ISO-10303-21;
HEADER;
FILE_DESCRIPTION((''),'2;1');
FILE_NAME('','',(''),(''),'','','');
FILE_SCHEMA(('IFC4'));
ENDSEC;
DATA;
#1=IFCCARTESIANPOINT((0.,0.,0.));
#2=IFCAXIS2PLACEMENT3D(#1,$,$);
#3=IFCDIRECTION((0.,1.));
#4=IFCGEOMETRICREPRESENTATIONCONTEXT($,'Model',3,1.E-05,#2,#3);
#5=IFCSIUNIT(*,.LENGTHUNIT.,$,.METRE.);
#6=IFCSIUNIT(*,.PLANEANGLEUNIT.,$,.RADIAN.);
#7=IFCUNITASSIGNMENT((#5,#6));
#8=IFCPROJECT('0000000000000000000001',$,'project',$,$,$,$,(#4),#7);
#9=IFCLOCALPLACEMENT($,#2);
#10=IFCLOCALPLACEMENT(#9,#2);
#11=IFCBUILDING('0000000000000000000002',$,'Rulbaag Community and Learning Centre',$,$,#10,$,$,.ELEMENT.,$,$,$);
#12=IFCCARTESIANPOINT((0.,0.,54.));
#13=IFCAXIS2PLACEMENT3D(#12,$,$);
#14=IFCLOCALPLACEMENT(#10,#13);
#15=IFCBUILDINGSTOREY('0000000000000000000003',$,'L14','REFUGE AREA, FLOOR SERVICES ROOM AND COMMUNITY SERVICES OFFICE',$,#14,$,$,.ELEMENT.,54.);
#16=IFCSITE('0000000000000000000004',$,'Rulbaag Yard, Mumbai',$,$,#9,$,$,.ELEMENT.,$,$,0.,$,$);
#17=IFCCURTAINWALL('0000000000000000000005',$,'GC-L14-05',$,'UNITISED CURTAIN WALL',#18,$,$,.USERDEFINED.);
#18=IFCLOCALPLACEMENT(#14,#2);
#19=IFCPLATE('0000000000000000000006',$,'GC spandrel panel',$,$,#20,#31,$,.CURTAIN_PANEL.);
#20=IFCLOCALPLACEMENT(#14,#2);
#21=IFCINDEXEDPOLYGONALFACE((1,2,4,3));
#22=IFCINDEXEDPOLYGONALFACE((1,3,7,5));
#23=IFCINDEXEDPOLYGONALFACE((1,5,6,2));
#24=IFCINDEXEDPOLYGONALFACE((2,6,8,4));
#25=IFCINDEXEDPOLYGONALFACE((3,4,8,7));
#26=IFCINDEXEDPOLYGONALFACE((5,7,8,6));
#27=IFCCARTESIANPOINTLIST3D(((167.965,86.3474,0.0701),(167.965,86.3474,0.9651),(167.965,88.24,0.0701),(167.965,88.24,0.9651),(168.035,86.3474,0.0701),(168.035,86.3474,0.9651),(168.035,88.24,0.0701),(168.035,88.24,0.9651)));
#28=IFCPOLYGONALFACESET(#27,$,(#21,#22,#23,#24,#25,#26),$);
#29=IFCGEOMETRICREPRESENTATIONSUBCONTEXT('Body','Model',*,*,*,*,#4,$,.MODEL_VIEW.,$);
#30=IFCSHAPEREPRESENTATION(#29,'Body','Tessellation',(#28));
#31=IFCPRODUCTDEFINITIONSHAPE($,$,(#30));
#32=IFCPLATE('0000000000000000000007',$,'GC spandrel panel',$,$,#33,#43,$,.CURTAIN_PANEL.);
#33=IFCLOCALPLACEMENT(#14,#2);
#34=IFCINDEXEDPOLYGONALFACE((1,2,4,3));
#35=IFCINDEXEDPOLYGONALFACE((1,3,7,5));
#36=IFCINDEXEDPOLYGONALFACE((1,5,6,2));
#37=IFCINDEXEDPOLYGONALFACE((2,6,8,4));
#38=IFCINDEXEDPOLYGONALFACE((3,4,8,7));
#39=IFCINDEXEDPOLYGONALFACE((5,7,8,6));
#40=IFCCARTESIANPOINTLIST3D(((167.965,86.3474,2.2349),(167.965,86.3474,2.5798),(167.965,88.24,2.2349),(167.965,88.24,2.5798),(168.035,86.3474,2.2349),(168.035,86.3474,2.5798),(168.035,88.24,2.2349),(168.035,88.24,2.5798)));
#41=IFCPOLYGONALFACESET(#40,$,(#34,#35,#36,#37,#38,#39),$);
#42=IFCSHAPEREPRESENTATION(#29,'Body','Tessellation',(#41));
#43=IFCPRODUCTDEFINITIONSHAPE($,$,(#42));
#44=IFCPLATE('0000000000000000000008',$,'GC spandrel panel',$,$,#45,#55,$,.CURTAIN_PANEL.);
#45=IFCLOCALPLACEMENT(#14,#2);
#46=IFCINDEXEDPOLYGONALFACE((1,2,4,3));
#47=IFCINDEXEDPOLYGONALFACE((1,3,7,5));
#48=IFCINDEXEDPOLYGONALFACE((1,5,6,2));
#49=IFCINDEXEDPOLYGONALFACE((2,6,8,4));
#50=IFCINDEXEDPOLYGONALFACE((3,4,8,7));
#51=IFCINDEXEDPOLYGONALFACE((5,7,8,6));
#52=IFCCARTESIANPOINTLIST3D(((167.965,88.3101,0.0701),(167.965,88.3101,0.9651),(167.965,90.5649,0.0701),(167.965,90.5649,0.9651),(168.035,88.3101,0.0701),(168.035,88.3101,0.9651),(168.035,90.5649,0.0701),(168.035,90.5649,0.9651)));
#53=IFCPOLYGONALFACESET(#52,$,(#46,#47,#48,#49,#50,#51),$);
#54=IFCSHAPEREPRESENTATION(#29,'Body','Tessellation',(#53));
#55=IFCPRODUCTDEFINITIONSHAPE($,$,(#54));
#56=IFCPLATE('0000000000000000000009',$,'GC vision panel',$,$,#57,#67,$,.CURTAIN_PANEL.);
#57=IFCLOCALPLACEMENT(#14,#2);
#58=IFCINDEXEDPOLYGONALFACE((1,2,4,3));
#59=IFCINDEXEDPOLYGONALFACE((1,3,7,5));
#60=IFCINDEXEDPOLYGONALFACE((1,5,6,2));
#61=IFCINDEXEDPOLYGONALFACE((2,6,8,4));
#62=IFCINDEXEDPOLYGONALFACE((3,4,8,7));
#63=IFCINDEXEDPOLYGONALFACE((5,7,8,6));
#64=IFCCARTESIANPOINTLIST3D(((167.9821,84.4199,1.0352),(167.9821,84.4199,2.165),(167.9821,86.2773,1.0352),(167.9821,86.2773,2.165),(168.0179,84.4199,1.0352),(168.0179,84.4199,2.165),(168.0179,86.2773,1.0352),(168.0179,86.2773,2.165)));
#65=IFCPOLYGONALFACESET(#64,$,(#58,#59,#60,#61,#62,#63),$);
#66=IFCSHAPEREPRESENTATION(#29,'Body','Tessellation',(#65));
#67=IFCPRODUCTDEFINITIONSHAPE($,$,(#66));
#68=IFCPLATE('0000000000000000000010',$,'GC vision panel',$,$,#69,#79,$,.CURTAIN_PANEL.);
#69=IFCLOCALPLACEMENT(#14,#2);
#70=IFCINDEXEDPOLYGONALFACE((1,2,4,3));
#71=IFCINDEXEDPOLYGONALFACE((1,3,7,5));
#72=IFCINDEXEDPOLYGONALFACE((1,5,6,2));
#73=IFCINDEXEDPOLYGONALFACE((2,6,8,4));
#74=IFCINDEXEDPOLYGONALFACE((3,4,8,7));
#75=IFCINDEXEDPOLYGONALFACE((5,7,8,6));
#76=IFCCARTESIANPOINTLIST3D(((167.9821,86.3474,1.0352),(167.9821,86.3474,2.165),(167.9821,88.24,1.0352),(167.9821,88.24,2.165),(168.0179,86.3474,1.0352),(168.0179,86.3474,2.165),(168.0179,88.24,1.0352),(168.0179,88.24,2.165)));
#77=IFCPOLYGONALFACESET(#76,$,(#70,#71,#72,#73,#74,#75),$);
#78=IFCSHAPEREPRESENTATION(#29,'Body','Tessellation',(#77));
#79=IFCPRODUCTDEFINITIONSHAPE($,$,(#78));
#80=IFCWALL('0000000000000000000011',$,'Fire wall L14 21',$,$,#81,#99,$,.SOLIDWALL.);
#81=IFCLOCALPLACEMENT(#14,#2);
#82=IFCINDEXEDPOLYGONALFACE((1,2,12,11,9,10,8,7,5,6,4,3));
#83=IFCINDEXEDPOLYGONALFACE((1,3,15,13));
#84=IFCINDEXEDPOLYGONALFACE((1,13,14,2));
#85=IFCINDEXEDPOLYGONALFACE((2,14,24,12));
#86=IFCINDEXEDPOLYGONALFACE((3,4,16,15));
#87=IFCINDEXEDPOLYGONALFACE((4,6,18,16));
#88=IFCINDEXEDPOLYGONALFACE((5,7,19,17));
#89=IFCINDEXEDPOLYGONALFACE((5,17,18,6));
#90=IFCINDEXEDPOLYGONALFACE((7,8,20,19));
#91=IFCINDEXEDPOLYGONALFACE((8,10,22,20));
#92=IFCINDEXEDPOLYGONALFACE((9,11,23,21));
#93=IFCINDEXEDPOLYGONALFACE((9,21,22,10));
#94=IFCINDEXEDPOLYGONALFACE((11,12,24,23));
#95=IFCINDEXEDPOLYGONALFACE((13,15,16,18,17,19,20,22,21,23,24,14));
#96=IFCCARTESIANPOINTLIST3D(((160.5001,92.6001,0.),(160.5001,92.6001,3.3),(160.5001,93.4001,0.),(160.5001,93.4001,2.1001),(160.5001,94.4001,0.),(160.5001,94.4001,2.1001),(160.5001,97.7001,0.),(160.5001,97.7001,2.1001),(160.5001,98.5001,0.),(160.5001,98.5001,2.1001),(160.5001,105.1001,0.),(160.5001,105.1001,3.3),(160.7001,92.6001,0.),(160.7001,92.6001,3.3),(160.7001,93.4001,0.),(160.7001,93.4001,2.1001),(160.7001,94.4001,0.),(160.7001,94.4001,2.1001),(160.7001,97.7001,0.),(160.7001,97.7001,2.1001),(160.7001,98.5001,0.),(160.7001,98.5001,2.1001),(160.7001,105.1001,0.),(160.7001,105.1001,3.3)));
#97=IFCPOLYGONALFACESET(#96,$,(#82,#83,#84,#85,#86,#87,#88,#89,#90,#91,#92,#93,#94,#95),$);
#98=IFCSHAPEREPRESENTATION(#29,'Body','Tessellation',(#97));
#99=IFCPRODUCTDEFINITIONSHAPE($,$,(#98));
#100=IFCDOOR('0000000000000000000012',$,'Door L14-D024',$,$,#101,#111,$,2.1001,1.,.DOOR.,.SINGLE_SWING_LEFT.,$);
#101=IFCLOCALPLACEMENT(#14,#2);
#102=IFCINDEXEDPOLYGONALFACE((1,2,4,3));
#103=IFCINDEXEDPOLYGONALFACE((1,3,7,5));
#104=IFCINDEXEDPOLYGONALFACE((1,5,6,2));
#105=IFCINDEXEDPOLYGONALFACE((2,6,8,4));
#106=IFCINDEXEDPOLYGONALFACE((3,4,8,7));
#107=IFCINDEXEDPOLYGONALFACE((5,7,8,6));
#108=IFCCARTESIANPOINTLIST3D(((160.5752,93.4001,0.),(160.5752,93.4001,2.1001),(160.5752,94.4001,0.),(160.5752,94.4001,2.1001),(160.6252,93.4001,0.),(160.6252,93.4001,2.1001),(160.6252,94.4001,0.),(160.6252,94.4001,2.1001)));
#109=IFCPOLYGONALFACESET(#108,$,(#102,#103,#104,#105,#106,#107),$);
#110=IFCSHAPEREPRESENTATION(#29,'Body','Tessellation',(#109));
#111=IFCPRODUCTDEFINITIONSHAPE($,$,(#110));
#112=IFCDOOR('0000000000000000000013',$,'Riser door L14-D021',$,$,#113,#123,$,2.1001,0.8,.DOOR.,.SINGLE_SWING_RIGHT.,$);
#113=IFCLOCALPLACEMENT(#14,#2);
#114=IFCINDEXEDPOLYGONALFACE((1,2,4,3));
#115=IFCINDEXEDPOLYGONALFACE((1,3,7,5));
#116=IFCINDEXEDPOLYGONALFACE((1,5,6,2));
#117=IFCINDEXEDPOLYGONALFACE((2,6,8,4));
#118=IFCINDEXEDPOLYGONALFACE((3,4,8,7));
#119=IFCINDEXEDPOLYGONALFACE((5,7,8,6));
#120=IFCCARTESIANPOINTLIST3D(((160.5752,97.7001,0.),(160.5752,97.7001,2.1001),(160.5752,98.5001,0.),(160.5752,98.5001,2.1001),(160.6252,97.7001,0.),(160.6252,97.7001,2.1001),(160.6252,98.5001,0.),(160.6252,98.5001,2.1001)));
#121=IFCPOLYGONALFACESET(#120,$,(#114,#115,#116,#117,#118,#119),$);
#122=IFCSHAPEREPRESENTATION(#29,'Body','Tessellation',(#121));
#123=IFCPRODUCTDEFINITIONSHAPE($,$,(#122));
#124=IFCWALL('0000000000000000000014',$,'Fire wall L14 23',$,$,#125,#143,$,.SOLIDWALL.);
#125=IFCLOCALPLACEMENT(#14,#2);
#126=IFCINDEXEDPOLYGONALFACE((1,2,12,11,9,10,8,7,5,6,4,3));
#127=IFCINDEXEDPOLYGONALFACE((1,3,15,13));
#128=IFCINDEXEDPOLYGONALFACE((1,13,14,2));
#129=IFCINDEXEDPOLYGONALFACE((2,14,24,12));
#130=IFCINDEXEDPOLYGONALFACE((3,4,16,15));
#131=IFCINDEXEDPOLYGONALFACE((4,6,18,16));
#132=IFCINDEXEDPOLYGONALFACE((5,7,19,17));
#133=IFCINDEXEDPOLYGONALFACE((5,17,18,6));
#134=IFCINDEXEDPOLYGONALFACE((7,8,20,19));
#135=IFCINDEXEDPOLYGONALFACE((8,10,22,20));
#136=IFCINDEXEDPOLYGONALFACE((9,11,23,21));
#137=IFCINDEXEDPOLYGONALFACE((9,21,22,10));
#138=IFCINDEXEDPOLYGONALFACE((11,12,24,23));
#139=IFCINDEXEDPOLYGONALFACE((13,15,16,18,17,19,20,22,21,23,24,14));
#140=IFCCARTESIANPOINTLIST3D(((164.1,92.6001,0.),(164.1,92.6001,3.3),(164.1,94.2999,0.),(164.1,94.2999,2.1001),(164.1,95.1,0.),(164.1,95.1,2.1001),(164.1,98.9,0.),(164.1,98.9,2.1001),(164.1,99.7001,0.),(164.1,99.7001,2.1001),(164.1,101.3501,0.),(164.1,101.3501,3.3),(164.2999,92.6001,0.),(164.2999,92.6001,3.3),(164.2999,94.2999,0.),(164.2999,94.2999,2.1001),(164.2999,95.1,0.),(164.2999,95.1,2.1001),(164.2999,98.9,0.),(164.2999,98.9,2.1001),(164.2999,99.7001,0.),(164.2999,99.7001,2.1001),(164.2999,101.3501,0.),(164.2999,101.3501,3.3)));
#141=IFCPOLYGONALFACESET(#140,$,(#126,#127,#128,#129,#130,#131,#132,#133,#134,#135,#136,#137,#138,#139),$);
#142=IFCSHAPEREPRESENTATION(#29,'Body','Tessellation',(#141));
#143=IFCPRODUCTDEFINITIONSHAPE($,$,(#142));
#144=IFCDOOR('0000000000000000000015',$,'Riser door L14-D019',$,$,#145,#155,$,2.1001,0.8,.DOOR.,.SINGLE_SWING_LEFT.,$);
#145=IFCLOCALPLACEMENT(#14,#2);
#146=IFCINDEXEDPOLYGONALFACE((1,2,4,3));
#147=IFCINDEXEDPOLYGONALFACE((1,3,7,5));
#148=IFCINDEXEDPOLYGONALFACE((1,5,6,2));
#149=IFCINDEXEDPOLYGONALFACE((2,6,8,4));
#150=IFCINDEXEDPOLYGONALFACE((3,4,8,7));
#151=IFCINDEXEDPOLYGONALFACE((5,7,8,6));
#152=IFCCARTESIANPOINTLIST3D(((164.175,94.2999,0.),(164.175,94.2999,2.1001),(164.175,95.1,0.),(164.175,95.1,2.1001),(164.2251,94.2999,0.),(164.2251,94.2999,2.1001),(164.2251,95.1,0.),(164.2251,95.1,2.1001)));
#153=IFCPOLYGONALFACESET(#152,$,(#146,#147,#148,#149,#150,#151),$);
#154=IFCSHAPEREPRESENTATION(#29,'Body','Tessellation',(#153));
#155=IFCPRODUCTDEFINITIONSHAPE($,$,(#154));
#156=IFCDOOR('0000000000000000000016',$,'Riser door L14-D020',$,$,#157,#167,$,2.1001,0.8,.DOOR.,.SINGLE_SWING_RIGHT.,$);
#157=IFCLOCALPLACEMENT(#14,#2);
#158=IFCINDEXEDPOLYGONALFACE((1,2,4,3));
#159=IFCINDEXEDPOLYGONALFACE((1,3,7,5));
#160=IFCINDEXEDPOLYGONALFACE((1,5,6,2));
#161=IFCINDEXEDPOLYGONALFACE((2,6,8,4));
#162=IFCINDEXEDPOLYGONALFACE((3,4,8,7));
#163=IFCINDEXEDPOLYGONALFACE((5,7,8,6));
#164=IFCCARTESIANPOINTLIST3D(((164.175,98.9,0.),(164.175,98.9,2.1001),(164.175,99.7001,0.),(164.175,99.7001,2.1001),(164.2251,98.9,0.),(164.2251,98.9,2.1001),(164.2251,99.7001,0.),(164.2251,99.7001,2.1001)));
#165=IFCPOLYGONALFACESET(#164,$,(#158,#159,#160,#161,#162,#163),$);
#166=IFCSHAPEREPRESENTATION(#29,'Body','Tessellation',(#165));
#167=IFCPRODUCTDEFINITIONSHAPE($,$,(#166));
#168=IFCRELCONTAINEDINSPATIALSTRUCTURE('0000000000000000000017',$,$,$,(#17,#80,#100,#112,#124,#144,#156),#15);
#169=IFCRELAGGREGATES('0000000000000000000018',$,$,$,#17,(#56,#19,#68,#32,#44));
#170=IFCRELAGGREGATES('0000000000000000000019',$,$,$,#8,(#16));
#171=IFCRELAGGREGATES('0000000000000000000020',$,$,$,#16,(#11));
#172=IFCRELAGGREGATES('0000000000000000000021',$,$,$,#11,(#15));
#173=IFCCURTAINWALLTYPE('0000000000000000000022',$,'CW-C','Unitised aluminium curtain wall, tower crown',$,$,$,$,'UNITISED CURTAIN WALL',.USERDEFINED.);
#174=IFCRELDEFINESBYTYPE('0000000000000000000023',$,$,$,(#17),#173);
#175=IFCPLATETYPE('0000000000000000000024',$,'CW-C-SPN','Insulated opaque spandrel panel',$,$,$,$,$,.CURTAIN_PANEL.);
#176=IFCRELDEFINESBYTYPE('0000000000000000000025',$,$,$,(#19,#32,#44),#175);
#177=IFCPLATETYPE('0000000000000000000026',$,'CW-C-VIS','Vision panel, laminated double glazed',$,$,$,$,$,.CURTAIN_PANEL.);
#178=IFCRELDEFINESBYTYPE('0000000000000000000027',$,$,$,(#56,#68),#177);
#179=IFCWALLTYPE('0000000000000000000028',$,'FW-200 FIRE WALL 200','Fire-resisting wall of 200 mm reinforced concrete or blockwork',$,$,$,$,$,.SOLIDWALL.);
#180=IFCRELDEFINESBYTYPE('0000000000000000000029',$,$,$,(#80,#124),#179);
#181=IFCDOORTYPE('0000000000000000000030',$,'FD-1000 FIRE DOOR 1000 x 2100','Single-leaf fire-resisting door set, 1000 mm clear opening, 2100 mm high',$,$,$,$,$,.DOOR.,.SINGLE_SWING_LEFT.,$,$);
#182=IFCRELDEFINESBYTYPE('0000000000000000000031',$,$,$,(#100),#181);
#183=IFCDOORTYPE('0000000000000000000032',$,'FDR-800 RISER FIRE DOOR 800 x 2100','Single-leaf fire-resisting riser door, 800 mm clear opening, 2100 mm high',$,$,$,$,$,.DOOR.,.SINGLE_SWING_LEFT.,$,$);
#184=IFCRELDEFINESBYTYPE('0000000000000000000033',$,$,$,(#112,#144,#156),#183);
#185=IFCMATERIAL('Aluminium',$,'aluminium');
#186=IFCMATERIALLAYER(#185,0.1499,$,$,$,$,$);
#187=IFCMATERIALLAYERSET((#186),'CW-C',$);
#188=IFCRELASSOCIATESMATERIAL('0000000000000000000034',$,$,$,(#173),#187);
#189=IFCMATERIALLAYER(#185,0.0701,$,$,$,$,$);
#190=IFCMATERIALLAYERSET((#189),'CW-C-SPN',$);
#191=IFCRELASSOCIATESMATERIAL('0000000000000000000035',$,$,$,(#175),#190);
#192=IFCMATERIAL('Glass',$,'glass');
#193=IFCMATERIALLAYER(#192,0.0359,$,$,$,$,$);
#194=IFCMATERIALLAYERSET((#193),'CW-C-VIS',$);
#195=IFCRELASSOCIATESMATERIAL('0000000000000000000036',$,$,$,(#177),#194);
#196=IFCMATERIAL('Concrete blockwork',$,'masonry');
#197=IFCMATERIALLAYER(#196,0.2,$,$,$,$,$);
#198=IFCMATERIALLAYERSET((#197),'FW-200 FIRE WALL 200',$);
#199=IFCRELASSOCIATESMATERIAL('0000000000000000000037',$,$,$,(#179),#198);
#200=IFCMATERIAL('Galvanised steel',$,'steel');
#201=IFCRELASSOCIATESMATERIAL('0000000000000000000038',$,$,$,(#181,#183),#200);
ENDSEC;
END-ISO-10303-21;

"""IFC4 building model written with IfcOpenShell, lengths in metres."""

from ifc_helpers import new_model, si_unit, direction, frame, frame_2d, origin, origin_2d, place, context, subcontext, project, spatial, rectangle, extrude, material, layer, layer_set, type_object, element, fill, aggregate, save


model = new_model("IFC4")

# Units and contexts
model_context = context("Model", 3, precision=1e-05, world=origin(), true_north=direction((0.0, 1.0)))
body_context = subcontext(model_context, "Body", "Model", "MODEL_VIEW")
ifc_project = project(units=[si_unit("LENGTHUNIT", "METRE"), si_unit("PLANEANGLEUNIT", "RADIAN")], contexts=[model_context])

# Site, building, storey
site_placement = place(None, origin())
site = spatial("IfcSite", under=ifc_project, at=site_placement, Name="Rulbaag Yard, Mumbai", CompositionType="ELEMENT", RefElevation=0.0)
building_placement = place(site_placement, origin())
building = spatial("IfcBuilding", under=site, at=building_placement, Name="Rulbaag Community and Learning Centre", CompositionType="ELEMENT")
storey_placement = place(building_placement, frame((0.0, 0.0, 54.0)))
storey = spatial("IfcBuildingStorey", under=building, at=storey_placement, Name="L14", Description="REFUGE AREA, FLOOR SERVICES ROOM AND COMMUNITY SERVICES OFFICE", CompositionType="ELEMENT", Elevation=54.0)

# Curtain wall, plates
ifc_material_1 = material(Name="Aluminium", Category="aluminium")
ifc_layer_1 = layer(ifc_material_1, 0.1499)
ifc_layer_set_1 = layer_set([ifc_layer_1], Name="CW-C")
curtain_wall_type = type_object("IfcCurtainWallType", Name="CW-C", Description="Unitised aluminium curtain wall, tower crown", ElementType="UNITISED CURTAIN WALL", PredefinedType="USERDEFINED", material=ifc_layer_set_1)
curtain_wall_placement = place(storey_placement, origin())
curtain_wall = element("IfcCurtainWall", 1, at=curtain_wall_placement, inside=storey, type_object=curtain_wall_type, Name="GC-L14-05", ObjectType="UNITISED CURTAIN WALL", PredefinedType="USERDEFINED")
ifc_layer_2 = layer(ifc_material_1, 0.0701)
ifc_layer_set_2 = layer_set([ifc_layer_2], Name="CW-C-SPN")
plate_type_1 = type_object("IfcPlateType", Name="CW-C-SPN", Description="Insulated opaque spandrel panel", PredefinedType="CURTAIN_PANEL", material=ifc_layer_set_2)
plate_1_placement = place(storey_placement, frame((168.0, 87.2937, 0.0701), z_axis=(0.0, 0.0, 1.0), x_axis=(0.0, 1.0, 0.0)))
plate_1 = element("IfcPlate", 2, at=plate_1_placement, type_object=plate_type_1, Name="GC spandrel panel", PredefinedType="CURTAIN_PANEL", context=body_context, shape_type="SweptSolid", body=[
    extrude(rectangle(XDim=1.8926, YDim=0.0701, at=origin_2d()), origin(), (0.0, 0.0, 1.0), 0.895),
])
plate_2_placement = place(storey_placement, frame((168.0, 87.2937, 2.2349), z_axis=(0.0, 0.0, 1.0), x_axis=(0.0, 1.0, 0.0)))
plate_2 = element("IfcPlate", 3, at=plate_2_placement, type_object=plate_type_1, Name="GC spandrel panel", PredefinedType="CURTAIN_PANEL", context=body_context, shape_type="SweptSolid", body=[
    extrude(rectangle(XDim=1.8926, YDim=0.0701, at=origin_2d()), origin(), (0.0, 0.0, 1.0), 0.345),
])
plate_3_placement = place(storey_placement, frame((168.0, 89.4375, 0.0701), z_axis=(0.0, 0.0, 1.0), x_axis=(0.0, 1.0, 0.0)))
plate_3 = element("IfcPlate", 4, at=plate_3_placement, type_object=plate_type_1, Name="GC spandrel panel", PredefinedType="CURTAIN_PANEL", context=body_context, shape_type="SweptSolid", body=[
    extrude(rectangle(XDim=2.2549, YDim=0.0701, at=origin_2d()), origin(), (0.0, 0.0, 1.0), 0.895),
])
ifc_material_2 = material(Name="Glass", Category="glass")
ifc_layer_3 = layer(ifc_material_2, 0.0359)
ifc_layer_set_3 = layer_set([ifc_layer_3], Name="CW-C-VIS")
plate_type_2 = type_object("IfcPlateType", Name="CW-C-VIS", Description="Vision panel, laminated double glazed", PredefinedType="CURTAIN_PANEL", material=ifc_layer_set_3)
plate_4_placement = place(storey_placement, frame((168.0, 85.3486, 1.0352), z_axis=(0.0, 0.0, 1.0), x_axis=(0.0, 1.0, 0.0)))
plate_4 = element("IfcPlate", 5, at=plate_4_placement, type_object=plate_type_2, Name="GC vision panel", PredefinedType="CURTAIN_PANEL", context=body_context, shape_type="SweptSolid", body=[
    extrude(rectangle(XDim=1.8574, YDim=0.0359, at=origin_2d()), origin(), (0.0, 0.0, 1.0), 1.1299),
])
plate_5_placement = place(storey_placement, frame((168.0, 87.2937, 1.0352), z_axis=(0.0, 0.0, 1.0), x_axis=(0.0, 1.0, 0.0)))
plate_5 = element("IfcPlate", 6, at=plate_5_placement, type_object=plate_type_2, Name="GC vision panel", PredefinedType="CURTAIN_PANEL", context=body_context, shape_type="SweptSolid", body=[
    extrude(rectangle(XDim=1.8926, YDim=0.0359, at=origin_2d()), origin(), (0.0, 0.0, 1.0), 1.1299),
])
aggregate(curtain_wall, [plate_4, plate_1, plate_5, plate_2, plate_3])

# Walls, openings, doors
ifc_material_3 = material(Name="Concrete blockwork", Category="masonry")
ifc_layer_4 = layer(ifc_material_3, 0.2)
ifc_layer_set_4 = layer_set([ifc_layer_4], Name="FW-200 FIRE WALL 200")
wall_type_1 = type_object("IfcWallType", Name="FW-200 FIRE WALL 200", Description="Fire-resisting wall of 200 mm reinforced concrete or blockwork", PredefinedType="SOLIDWALL", material=ifc_layer_set_4)
wall_1_placement = place(storey_placement, frame((160.6001, 92.6001, 0.0), z_axis=(0.0, 0.0, 1.0), x_axis=(0.0, 1.0, 0.0)))
wall_1 = element("IfcWall", 7, at=wall_1_placement, inside=storey, type_object=wall_type_1, Name="Fire wall L14 21", PredefinedType="SOLIDWALL", context=body_context, shape_type="SweptSolid", body=[
    extrude(rectangle(XDim=12.5, YDim=0.2, at=frame_2d((6.25, 0.0))), origin(), (0.0, 0.0, 1.0), 3.3),
])
opening_1_placement = place(wall_1_placement, frame((5.1001, 0.0, 0.0)))
opening_1 = element("IfcOpeningElement", 8, at=opening_1_placement, cuts=wall_1, PredefinedType="OPENING", context=body_context, shape_type="SweptSolid", body=[
    extrude(rectangle(XDim=0.8, YDim=2.1001, at=frame_2d((0.3999, 1.05))), frame((0.0, 0.1099, 0.0), z_axis=(0.0, -1.0, 0.0), x_axis=(1.0, 0.0, 0.0)), (0.0, 0.0, 1.0), 0.22),
])
opening_2_placement = place(wall_1_placement, frame((0.8, 0.0, 0.0)))
opening_2 = element("IfcOpeningElement", 9, at=opening_2_placement, cuts=wall_1, PredefinedType="OPENING", context=body_context, shape_type="SweptSolid", body=[
    extrude(rectangle(XDim=1.0, YDim=2.1001, at=frame_2d((0.5, 1.05))), frame((0.0, 0.1099, 0.0), z_axis=(0.0, -1.0, 0.0), x_axis=(1.0, 0.0, 0.0)), (0.0, 0.0, 1.0), 0.22),
])
ifc_material_4 = material(Name="Galvanised steel", Category="steel")
door_type_1 = type_object("IfcDoorType", Name="FD-1000 FIRE DOOR 1000 x 2100", Description="Single-leaf fire-resisting door set, 1000 mm clear opening, 2100 mm high", OperationType="SINGLE_SWING_LEFT", PredefinedType="DOOR", material=ifc_material_4)
door_1_placement = place(opening_2_placement, origin())
door_1 = element("IfcDoor", 10, at=door_1_placement, inside=storey, type_object=door_type_1, Name="Door L14-D024", OperationType="SINGLE_SWING_LEFT", OverallHeight=2.1001, OverallWidth=1.0, PredefinedType="DOOR", context=body_context, shape_type="SweptSolid", body=[
    extrude(rectangle(XDim=1.0, YDim=2.1001, at=frame_2d((0.5, 1.05))), frame((0.0, 0.0249, 0.0), z_axis=(0.0, -1.0, 0.0), x_axis=(1.0, 0.0, 0.0)), (0.0, 0.0, 1.0), 0.05),
])
fill(opening_2, door_1)
door_type_2 = type_object("IfcDoorType", Name="FDR-800 RISER FIRE DOOR 800 x 2100", Description="Single-leaf fire-resisting riser door, 800 mm clear opening, 2100 mm high", OperationType="SINGLE_SWING_LEFT", PredefinedType="DOOR", material=ifc_material_4)
door_2_placement = place(opening_1_placement, origin())
door_2 = element("IfcDoor", 11, at=door_2_placement, inside=storey, type_object=door_type_2, Name="Riser door L14-D021", OperationType="SINGLE_SWING_RIGHT", OverallHeight=2.1001, OverallWidth=0.8, PredefinedType="DOOR", context=body_context, shape_type="SweptSolid", body=[
    extrude(rectangle(XDim=0.8, YDim=2.1001, at=frame_2d((0.3999, 1.05))), frame((0.0, 0.0249, 0.0), z_axis=(0.0, -1.0, 0.0), x_axis=(1.0, 0.0, 0.0)), (0.0, 0.0, 1.0), 0.05),
])
fill(opening_1, door_2)
wall_2_placement = place(storey_placement, frame((164.2, 92.6001, 0.0), z_axis=(0.0, 0.0, 1.0), x_axis=(0.0, 1.0, 0.0)))
wall_2 = element("IfcWall", 12, at=wall_2_placement, inside=storey, type_object=wall_type_1, Name="Fire wall L14 23", PredefinedType="SOLIDWALL", context=body_context, shape_type="SweptSolid", body=[
    extrude(rectangle(XDim=8.75, YDim=0.2, at=frame_2d((4.375, 0.0))), origin(), (0.0, 0.0, 1.0), 3.3),
])
opening_3_placement = place(wall_2_placement, frame((1.7, 0.0, 0.0)))
opening_3 = element("IfcOpeningElement", 13, at=opening_3_placement, cuts=wall_2, PredefinedType="OPENING", context=body_context, shape_type="SweptSolid", body=[
    extrude(rectangle(XDim=0.8, YDim=2.1001, at=frame_2d((0.3999, 1.05))), frame((0.0, 0.1099, 0.0), z_axis=(0.0, -1.0, 0.0), x_axis=(1.0, 0.0, 0.0)), (0.0, 0.0, 1.0), 0.22),
])
opening_4_placement = place(wall_2_placement, frame((6.3, 0.0, 0.0)))
opening_4 = element("IfcOpeningElement", 14, at=opening_4_placement, cuts=wall_2, PredefinedType="OPENING", context=body_context, shape_type="SweptSolid", body=[
    extrude(rectangle(XDim=0.8, YDim=2.1001, at=frame_2d((0.3999, 1.05))), frame((0.0, 0.1099, 0.0), z_axis=(0.0, -1.0, 0.0), x_axis=(1.0, 0.0, 0.0)), (0.0, 0.0, 1.0), 0.22),
])
door_3_placement = place(opening_3_placement, origin())
door_3 = element("IfcDoor", 15, at=door_3_placement, inside=storey, type_object=door_type_2, Name="Riser door L14-D019", OperationType="SINGLE_SWING_LEFT", OverallHeight=2.1001, OverallWidth=0.8, PredefinedType="DOOR", context=body_context, shape_type="SweptSolid", body=[
    extrude(rectangle(XDim=0.8, YDim=2.1001, at=frame_2d((0.3999, 1.05))), frame((0.0, 0.0249, 0.0), z_axis=(0.0, -1.0, 0.0), x_axis=(1.0, 0.0, 0.0)), (0.0, 0.0, 1.0), 0.05),
])
fill(opening_3, door_3)
door_4_placement = place(opening_4_placement, origin())
door_4 = element("IfcDoor", 16, at=door_4_placement, inside=storey, type_object=door_type_2, Name="Riser door L14-D020", OperationType="SINGLE_SWING_RIGHT", OverallHeight=2.1001, OverallWidth=0.8, PredefinedType="DOOR", context=body_context, shape_type="SweptSolid", body=[
    extrude(rectangle(XDim=0.8, YDim=2.1001, at=frame_2d((0.3999, 1.05))), frame((0.0, 0.0249, 0.0), z_axis=(0.0, -1.0, 0.0), x_axis=(1.0, 0.0, 0.0)), (0.0, 0.0, 1.0), 0.05),
])
fill(opening_4, door_4)

save(model, "model.ifc")
